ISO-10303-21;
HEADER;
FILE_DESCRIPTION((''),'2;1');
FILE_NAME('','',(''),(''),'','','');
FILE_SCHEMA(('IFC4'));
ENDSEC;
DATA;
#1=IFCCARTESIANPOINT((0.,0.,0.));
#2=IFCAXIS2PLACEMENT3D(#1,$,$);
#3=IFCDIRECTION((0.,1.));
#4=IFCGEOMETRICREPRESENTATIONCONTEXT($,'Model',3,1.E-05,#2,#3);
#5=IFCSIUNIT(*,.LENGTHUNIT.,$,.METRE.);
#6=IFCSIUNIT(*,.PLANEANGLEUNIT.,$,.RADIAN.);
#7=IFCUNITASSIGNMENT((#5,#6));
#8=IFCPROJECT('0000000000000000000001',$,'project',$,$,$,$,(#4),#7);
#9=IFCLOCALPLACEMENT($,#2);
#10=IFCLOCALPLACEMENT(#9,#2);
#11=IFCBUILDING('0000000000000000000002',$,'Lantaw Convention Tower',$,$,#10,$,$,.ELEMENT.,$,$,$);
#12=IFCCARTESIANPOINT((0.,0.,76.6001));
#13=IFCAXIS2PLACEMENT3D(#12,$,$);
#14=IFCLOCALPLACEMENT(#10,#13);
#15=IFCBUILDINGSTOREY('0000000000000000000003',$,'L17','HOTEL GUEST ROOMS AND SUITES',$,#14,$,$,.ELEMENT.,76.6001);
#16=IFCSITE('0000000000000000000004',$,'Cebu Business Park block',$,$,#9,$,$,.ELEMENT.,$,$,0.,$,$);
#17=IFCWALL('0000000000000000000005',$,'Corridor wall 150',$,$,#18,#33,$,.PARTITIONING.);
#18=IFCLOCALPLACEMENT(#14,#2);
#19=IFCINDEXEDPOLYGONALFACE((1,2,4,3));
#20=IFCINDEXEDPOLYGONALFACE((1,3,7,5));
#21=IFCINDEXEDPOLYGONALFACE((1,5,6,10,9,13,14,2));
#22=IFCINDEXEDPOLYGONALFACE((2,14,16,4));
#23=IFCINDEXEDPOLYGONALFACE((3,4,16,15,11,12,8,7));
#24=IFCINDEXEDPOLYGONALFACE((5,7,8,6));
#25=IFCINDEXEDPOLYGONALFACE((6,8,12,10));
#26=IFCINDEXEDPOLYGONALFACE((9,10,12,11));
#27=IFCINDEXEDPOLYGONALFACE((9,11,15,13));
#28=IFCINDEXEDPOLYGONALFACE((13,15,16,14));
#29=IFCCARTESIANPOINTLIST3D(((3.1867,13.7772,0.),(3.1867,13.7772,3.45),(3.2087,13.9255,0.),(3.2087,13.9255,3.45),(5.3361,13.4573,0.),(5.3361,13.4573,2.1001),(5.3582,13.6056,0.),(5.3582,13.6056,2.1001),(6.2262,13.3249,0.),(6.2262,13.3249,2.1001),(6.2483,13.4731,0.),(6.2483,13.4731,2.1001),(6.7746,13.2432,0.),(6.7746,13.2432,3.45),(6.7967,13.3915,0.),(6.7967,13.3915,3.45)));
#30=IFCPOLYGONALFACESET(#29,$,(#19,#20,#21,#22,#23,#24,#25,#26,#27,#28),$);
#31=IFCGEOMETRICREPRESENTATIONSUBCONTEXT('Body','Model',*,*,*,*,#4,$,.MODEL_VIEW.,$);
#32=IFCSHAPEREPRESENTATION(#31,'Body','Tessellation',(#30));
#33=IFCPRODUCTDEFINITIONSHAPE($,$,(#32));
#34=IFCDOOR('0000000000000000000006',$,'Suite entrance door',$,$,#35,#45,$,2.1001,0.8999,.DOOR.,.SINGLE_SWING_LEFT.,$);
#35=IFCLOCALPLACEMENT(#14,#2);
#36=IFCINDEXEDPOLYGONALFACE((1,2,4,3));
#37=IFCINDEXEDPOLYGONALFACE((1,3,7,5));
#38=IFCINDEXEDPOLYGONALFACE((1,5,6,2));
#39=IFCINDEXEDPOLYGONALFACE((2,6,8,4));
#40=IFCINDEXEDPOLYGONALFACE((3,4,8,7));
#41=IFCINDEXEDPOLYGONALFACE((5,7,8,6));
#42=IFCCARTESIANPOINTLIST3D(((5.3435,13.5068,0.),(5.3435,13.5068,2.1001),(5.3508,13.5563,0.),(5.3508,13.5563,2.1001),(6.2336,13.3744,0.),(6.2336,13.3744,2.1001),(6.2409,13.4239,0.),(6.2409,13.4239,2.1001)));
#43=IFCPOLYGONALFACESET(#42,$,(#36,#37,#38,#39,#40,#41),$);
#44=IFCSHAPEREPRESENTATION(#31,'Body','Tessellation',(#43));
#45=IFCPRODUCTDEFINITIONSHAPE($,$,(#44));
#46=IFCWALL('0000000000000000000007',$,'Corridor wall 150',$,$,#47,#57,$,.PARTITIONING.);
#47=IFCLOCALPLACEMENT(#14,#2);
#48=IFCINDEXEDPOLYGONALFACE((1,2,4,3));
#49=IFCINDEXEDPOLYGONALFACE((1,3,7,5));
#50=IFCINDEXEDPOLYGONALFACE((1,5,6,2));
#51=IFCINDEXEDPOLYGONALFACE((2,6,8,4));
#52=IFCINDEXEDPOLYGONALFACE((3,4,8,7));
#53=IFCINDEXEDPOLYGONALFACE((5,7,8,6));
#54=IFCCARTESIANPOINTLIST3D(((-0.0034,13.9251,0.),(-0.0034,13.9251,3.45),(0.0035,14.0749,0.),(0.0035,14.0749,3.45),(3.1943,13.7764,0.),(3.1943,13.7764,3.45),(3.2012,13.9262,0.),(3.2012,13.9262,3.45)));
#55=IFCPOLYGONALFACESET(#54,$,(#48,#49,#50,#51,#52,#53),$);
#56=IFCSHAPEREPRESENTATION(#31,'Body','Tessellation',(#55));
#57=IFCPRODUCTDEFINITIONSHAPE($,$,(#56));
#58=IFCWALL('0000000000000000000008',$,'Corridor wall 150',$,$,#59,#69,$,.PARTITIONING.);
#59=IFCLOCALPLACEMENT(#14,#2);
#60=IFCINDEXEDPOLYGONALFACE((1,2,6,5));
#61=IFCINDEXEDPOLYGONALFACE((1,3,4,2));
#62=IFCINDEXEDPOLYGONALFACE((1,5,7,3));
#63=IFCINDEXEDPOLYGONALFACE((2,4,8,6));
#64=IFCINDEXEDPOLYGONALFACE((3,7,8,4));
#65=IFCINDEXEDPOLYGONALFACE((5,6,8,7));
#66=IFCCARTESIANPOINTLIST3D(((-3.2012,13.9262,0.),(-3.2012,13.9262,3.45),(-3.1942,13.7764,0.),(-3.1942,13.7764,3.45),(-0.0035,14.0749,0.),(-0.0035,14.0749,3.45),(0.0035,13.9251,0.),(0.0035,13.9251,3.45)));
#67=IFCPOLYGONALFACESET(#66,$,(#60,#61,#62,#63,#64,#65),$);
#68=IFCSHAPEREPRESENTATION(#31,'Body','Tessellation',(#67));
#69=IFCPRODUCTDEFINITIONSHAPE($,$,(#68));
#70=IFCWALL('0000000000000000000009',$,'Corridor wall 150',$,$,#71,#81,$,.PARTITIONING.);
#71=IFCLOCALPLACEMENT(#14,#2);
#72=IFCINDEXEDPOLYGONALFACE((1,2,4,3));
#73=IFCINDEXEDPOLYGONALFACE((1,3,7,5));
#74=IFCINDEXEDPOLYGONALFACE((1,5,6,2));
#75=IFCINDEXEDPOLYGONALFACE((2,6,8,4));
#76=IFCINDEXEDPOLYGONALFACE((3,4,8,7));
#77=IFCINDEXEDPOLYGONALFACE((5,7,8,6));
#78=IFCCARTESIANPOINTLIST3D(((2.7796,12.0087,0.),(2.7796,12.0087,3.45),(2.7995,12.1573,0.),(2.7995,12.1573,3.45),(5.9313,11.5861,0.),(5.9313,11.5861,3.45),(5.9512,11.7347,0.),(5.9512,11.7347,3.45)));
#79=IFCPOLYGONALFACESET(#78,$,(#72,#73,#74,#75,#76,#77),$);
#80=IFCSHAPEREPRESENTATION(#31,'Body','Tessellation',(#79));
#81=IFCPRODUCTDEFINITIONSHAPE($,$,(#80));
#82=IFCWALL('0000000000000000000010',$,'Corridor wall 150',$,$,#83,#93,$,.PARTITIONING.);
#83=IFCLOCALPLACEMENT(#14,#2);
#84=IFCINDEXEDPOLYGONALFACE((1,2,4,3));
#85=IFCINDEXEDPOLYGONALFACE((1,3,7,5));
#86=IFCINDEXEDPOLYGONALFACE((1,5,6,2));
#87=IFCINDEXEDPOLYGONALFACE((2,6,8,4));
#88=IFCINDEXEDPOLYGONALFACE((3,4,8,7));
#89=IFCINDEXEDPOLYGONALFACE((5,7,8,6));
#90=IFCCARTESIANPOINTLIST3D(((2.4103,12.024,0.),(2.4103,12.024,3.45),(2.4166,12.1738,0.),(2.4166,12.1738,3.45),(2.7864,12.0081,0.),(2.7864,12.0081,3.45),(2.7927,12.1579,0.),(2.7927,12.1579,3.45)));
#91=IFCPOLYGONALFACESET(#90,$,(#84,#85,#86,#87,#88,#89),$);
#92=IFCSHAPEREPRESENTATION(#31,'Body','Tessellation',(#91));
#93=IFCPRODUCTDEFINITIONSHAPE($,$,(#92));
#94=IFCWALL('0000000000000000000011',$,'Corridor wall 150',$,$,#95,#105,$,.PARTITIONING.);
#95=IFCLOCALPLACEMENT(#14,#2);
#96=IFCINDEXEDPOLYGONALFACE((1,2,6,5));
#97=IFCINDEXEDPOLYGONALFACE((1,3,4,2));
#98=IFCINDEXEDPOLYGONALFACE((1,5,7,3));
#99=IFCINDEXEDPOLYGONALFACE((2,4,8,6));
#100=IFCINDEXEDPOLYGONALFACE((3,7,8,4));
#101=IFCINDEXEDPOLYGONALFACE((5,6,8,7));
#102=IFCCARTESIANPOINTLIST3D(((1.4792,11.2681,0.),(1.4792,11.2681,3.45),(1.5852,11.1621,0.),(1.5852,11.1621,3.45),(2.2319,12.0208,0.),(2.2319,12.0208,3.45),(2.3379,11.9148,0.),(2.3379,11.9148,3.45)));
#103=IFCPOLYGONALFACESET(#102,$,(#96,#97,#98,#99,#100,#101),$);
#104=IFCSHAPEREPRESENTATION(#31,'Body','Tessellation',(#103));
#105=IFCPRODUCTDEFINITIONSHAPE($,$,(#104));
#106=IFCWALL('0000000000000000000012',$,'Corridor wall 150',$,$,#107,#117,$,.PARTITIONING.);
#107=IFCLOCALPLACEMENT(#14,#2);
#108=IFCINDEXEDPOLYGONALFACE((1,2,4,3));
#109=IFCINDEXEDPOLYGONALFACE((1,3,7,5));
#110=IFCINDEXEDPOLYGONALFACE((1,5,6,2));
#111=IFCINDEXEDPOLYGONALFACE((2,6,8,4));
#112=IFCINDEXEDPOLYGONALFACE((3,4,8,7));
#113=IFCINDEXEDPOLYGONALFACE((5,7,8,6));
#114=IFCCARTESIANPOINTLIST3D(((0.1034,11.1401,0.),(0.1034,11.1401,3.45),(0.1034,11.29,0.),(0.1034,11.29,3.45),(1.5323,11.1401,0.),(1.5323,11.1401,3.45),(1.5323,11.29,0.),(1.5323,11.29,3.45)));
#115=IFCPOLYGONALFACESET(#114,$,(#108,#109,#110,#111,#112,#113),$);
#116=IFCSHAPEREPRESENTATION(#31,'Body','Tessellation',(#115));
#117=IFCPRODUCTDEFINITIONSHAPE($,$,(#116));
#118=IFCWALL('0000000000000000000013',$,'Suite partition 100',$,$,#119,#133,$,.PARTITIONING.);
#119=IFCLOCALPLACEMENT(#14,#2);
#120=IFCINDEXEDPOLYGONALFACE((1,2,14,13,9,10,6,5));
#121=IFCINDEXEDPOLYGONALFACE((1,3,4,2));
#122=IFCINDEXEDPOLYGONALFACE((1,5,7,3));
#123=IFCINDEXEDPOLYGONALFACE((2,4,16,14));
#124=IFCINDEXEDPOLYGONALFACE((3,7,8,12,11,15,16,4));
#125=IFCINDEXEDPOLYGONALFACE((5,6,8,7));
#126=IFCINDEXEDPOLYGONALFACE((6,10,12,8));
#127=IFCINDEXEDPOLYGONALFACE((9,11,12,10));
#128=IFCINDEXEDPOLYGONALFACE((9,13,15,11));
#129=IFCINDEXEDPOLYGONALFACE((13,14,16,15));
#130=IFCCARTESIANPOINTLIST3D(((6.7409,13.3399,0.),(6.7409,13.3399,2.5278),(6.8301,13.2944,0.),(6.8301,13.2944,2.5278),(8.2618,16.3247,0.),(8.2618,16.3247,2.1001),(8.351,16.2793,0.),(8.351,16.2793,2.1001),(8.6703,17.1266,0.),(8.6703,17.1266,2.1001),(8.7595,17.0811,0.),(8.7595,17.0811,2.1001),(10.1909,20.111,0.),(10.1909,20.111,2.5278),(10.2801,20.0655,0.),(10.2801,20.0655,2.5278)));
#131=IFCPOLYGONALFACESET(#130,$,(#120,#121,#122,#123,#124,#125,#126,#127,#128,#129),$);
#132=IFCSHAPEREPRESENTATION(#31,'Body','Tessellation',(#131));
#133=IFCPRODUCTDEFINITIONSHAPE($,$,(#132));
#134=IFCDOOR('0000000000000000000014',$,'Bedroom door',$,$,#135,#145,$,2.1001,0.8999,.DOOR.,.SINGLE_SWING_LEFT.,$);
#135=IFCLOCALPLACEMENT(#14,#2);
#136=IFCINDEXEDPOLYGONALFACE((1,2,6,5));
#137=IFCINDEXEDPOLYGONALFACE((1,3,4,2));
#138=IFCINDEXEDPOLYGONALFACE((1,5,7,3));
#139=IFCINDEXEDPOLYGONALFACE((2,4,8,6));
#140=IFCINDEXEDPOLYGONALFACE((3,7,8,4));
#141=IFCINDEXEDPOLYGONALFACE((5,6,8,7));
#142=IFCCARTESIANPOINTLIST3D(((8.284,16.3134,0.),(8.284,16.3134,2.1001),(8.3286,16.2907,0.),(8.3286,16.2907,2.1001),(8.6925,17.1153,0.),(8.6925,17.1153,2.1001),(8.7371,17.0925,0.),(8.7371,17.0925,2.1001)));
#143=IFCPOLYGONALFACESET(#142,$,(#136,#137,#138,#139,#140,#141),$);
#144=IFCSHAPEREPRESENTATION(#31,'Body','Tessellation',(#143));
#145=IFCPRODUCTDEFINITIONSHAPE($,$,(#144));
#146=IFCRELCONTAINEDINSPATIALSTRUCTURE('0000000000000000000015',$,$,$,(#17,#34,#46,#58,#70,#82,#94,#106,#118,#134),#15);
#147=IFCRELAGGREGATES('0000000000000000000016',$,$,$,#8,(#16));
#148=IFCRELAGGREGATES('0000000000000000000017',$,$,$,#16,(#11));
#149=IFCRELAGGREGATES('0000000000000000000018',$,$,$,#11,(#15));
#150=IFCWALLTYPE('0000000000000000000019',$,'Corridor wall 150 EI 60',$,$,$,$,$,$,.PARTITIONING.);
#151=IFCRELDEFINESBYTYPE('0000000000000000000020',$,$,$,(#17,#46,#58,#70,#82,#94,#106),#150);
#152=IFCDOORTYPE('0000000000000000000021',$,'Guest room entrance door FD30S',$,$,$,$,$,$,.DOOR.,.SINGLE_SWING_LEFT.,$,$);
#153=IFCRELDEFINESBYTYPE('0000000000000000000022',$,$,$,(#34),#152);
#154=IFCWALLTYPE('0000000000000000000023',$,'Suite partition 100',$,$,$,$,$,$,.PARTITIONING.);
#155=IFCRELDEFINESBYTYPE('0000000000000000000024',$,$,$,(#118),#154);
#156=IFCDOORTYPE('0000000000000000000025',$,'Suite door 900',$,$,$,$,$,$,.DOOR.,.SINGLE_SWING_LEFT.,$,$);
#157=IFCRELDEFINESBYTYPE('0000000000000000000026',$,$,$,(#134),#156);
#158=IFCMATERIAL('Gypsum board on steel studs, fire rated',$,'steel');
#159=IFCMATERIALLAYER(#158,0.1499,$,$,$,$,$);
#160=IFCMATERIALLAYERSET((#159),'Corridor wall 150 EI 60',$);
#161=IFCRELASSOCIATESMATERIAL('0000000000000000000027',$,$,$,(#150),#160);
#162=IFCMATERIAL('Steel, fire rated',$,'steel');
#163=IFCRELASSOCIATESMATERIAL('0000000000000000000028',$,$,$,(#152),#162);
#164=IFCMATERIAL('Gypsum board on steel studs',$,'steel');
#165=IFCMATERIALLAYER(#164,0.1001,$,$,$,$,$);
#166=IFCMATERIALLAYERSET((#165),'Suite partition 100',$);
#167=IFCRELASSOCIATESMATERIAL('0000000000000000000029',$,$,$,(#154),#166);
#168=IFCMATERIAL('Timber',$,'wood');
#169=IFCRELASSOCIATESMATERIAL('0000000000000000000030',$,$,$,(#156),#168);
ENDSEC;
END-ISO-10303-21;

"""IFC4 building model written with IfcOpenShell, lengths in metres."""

from ifc_helpers import new_model, si_unit, direction, frame, frame_2d, origin, place, context, subcontext, project, spatial, rectangle, extrude, material, layer, layer_set, type_object, element, fill, save


model = new_model("IFC4")

# Units and contexts
model_context = context("Model", 3, precision=1e-05, world=origin(), true_north=direction((0.0, 1.0)))
body_context = subcontext(model_context, "Body", "Model", "MODEL_VIEW")
ifc_project = project(units=[si_unit("LENGTHUNIT", "METRE"), si_unit("PLANEANGLEUNIT", "RADIAN")], contexts=[model_context])

# Site, building, storey
site_placement = place(None, origin())
site = spatial("IfcSite", under=ifc_project, at=site_placement, Name="Cebu Business Park block", CompositionType="ELEMENT", RefElevation=0.0)
building_placement = place(site_placement, origin())
building = spatial("IfcBuilding", under=site, at=building_placement, Name="Lantaw Convention Tower", CompositionType="ELEMENT")
storey_placement = place(building_placement, frame((0.0, 0.0, 76.6001)))
storey = spatial("IfcBuildingStorey", under=building, at=storey_placement, Name="L17", Description="HOTEL GUEST ROOMS AND SUITES", CompositionType="ELEMENT", Elevation=76.6001)

# Shared definitions
ifc_material_1 = material(Name="Timber", Category="wood")

# Shared definitions
ifc_material_2 = material(Name="Gypsum board on steel studs, fire rated", Category="steel")
ifc_layer_1 = layer(ifc_material_2, 0.1499)
ifc_layer_set_1 = layer_set([ifc_layer_1], Name="Corridor wall 150 EI 60")
wall_type_1 = type_object("IfcWallType", Name="Corridor wall 150 EI 60", PredefinedType="PARTITIONING", material=ifc_layer_set_1)

# Wall, opening, door
wall_1_placement = place(storey_placement, frame((6.7856, 13.3174, 0.0), z_axis=(0.0, 0.0, 1.0), x_axis=(-0.989107, 0.147195, 0.0)))
wall_1 = element("IfcWall", 1, at=wall_1_placement, inside=storey, type_object=wall_type_1, Name="Corridor wall 150", PredefinedType="PARTITIONING", context=body_context, shape_type="SweptSolid", body=[
    extrude(rectangle(XDim=3.6274, YDim=0.1499, at=frame_2d((1.8137, 0.0))), origin(), (0.0, 0.0, 1.0), 3.45),
])
opening_1_placement = place(wall_1_placement, frame((0.5544, 0.0, 0.0)))
opening_1 = element("IfcOpeningElement", 2, at=opening_1_placement, cuts=wall_1, PredefinedType="OPENING", context=body_context, shape_type="SweptSolid", body=[
    extrude(rectangle(XDim=0.8999, YDim=2.1001, at=frame_2d((0.45, 1.05))), frame((0.0, 0.085, 0.0), z_axis=(0.0, -1.0, 0.0), x_axis=(1.0, 0.0, 0.0)), (0.0, 0.0, 1.0), 0.1699),
])
ifc_material_3 = material(Name="Steel, fire rated", Category="steel")
door_type_1 = type_object("IfcDoorType", Name="Guest room entrance door FD30S", OperationType="SINGLE_SWING_LEFT", PredefinedType="DOOR", material=ifc_material_3)
door_1_placement = place(opening_1_placement, origin())
door_1 = element("IfcDoor", 3, at=door_1_placement, inside=storey, type_object=door_type_1, Name="Suite entrance door", OperationType="SINGLE_SWING_LEFT", OverallHeight=2.1001, OverallWidth=0.8999, PredefinedType="DOOR", context=body_context, shape_type="SweptSolid", body=[
    extrude(rectangle(XDim=0.8999, YDim=2.1001, at=frame_2d((0.45, 1.05))), frame((0.0, 0.0249, 0.0), z_axis=(0.0, -1.0, 0.0), x_axis=(1.0, 0.0, 0.0)), (0.0, 0.0, 1.0), 0.05),
])
fill(opening_1, door_1)

# Walls
for number, where, z_axis, x_axis, name in (
    (4, (3.1978, 13.8513, 0.0), (0.0, 0.0, 1.0), (-0.998921, 0.046445, 0.0), "Corridor wall 150"),
    (5, (0.0, 14.0, 0.0), (0.0, 0.0, 1.0), (-0.998921, -0.046445, 0.0), "Corridor wall 150"),
):
    element("IfcWall", number, at=place(storey_placement, frame(where, z_axis=z_axis, x_axis=x_axis)), inside=storey, type_object=wall_type_1, Name=name, PredefinedType="PARTITIONING", context=body_context, shape_type="SweptSolid", body=[
        extrude(rectangle(XDim=3.2012, YDim=0.1499, at=frame_2d((1.6006, 0.0))), origin(), (0.0, 0.0, 1.0), 3.45),
    ])
wall_2_placement = place(storey_placement, frame((5.9412, 11.6604, 0.0), z_axis=(0.0, 0.0, 1.0), x_axis=(-0.991129, 0.132903, 0.0)))
element("IfcWall", 6, at=wall_2_placement, inside=storey, type_object=wall_type_1, Name="Corridor wall 150", PredefinedType="PARTITIONING", context=body_context, shape_type="SweptSolid", body=[
    extrude(rectangle(XDim=3.1799, YDim=0.1499, at=frame_2d((1.5898, 0.0))), origin(), (0.0, 0.0, 1.0), 3.45),
])
wall_3_placement = place(storey_placement, frame((2.7896, 12.083, 0.0), z_axis=(0.0, 0.0, 1.0), x_axis=(-0.999112, 0.042143, 0.0)))
element("IfcWall", 7, at=wall_3_placement, inside=storey, type_object=wall_type_1, Name="Corridor wall 150", PredefinedType="PARTITIONING", context=body_context, shape_type="SweptSolid", body=[
    extrude(rectangle(XDim=0.3765, YDim=0.1499, at=frame_2d((0.1882, 0.0))), origin(), (0.0, 0.0, 1.0), 3.45),
])
wall_4_placement = place(storey_placement, frame((2.2849, 11.9678, 0.0), z_axis=(0.0, 0.0, 1.0), x_axis=(-0.707107, -0.707107, 0.0)))
element("IfcWall", 8, at=wall_4_placement, inside=storey, type_object=wall_type_1, Name="Corridor wall 150", PredefinedType="PARTITIONING", context=body_context, shape_type="SweptSolid", body=[
    extrude(rectangle(XDim=1.0645, YDim=0.1499, at=frame_2d((0.5322, 0.0))), origin(), (0.0, 0.0, 1.0), 3.45),
])
wall_5_placement = place(storey_placement, frame((1.5322, 11.2151, 0.0), z_axis=(0.0, 0.0, 1.0), x_axis=(-1.0, 0.0, 0.0)))
element("IfcWall", 9, at=wall_5_placement, inside=storey, type_object=wall_type_1, Name="Corridor wall 150", PredefinedType="PARTITIONING", context=body_context, shape_type="SweptSolid", body=[
    extrude(rectangle(XDim=1.429, YDim=0.1499, at=frame_2d((0.7144, 0.0))), origin(), (0.0, 0.0, 1.0), 3.45),
])

# Wall, opening, door
ifc_material_4 = material(Name="Gypsum board on steel studs", Category="steel")
ifc_layer_2 = layer(ifc_material_4, 0.1001)
ifc_layer_set_2 = layer_set([ifc_layer_2], Name="Suite partition 100")
wall_type_2 = type_object("IfcWallType", Name="Suite partition 100", PredefinedType="PARTITIONING", material=ifc_layer_set_2)
wall_6_placement = place(storey_placement, frame((10.2356, 20.0884, 0.0), z_axis=(0.0, 0.0, 1.0), x_axis=(-0.453986, -0.891009, 0.0)))
wall_6 = element("IfcWall", 10, at=wall_6_placement, inside=storey, type_object=wall_type_2, Name="Suite partition 100", PredefinedType="PARTITIONING", context=body_context, shape_type="SweptSolid", body=[
    extrude(rectangle(XDim=7.5994, YDim=0.1001, at=frame_2d((3.7998, 0.0))), origin(), (0.0, 0.0, 1.0), 2.5278),
])
opening_2_placement = place(wall_6_placement, frame((3.3496, 0.0, 0.0)))
opening_2 = element("IfcOpeningElement", 11, at=opening_2_placement, cuts=wall_6, PredefinedType="OPENING", context=body_context, shape_type="SweptSolid", body=[
    extrude(rectangle(XDim=0.8999, YDim=2.1001, at=frame_2d((0.45, 1.05))), frame((0.0, 0.0601, 0.0), z_axis=(0.0, -1.0, 0.0), x_axis=(1.0, 0.0, 0.0)), (0.0, 0.0, 1.0), 0.1201),
])
door_type_2 = type_object("IfcDoorType", Name="Suite door 900", OperationType="SINGLE_SWING_LEFT", PredefinedType="DOOR", material=ifc_material_1)
door_2_placement = place(opening_2_placement, origin())
door_2 = element("IfcDoor", 12, at=door_2_placement, inside=storey, type_object=door_type_2, Name="Bedroom door", OperationType="SINGLE_SWING_LEFT", OverallHeight=2.1001, OverallWidth=0.8999, PredefinedType="DOOR", context=body_context, shape_type="SweptSolid", body=[
    extrude(rectangle(XDim=0.8999, YDim=2.1001, at=frame_2d((0.45, 1.05))), frame((0.0, 0.0249, 0.0), z_axis=(0.0, -1.0, 0.0), x_axis=(1.0, 0.0, 0.0)), (0.0, 0.0, 1.0), 0.05),
])
fill(opening_2, door_2)

save(model, "model.ifc")
